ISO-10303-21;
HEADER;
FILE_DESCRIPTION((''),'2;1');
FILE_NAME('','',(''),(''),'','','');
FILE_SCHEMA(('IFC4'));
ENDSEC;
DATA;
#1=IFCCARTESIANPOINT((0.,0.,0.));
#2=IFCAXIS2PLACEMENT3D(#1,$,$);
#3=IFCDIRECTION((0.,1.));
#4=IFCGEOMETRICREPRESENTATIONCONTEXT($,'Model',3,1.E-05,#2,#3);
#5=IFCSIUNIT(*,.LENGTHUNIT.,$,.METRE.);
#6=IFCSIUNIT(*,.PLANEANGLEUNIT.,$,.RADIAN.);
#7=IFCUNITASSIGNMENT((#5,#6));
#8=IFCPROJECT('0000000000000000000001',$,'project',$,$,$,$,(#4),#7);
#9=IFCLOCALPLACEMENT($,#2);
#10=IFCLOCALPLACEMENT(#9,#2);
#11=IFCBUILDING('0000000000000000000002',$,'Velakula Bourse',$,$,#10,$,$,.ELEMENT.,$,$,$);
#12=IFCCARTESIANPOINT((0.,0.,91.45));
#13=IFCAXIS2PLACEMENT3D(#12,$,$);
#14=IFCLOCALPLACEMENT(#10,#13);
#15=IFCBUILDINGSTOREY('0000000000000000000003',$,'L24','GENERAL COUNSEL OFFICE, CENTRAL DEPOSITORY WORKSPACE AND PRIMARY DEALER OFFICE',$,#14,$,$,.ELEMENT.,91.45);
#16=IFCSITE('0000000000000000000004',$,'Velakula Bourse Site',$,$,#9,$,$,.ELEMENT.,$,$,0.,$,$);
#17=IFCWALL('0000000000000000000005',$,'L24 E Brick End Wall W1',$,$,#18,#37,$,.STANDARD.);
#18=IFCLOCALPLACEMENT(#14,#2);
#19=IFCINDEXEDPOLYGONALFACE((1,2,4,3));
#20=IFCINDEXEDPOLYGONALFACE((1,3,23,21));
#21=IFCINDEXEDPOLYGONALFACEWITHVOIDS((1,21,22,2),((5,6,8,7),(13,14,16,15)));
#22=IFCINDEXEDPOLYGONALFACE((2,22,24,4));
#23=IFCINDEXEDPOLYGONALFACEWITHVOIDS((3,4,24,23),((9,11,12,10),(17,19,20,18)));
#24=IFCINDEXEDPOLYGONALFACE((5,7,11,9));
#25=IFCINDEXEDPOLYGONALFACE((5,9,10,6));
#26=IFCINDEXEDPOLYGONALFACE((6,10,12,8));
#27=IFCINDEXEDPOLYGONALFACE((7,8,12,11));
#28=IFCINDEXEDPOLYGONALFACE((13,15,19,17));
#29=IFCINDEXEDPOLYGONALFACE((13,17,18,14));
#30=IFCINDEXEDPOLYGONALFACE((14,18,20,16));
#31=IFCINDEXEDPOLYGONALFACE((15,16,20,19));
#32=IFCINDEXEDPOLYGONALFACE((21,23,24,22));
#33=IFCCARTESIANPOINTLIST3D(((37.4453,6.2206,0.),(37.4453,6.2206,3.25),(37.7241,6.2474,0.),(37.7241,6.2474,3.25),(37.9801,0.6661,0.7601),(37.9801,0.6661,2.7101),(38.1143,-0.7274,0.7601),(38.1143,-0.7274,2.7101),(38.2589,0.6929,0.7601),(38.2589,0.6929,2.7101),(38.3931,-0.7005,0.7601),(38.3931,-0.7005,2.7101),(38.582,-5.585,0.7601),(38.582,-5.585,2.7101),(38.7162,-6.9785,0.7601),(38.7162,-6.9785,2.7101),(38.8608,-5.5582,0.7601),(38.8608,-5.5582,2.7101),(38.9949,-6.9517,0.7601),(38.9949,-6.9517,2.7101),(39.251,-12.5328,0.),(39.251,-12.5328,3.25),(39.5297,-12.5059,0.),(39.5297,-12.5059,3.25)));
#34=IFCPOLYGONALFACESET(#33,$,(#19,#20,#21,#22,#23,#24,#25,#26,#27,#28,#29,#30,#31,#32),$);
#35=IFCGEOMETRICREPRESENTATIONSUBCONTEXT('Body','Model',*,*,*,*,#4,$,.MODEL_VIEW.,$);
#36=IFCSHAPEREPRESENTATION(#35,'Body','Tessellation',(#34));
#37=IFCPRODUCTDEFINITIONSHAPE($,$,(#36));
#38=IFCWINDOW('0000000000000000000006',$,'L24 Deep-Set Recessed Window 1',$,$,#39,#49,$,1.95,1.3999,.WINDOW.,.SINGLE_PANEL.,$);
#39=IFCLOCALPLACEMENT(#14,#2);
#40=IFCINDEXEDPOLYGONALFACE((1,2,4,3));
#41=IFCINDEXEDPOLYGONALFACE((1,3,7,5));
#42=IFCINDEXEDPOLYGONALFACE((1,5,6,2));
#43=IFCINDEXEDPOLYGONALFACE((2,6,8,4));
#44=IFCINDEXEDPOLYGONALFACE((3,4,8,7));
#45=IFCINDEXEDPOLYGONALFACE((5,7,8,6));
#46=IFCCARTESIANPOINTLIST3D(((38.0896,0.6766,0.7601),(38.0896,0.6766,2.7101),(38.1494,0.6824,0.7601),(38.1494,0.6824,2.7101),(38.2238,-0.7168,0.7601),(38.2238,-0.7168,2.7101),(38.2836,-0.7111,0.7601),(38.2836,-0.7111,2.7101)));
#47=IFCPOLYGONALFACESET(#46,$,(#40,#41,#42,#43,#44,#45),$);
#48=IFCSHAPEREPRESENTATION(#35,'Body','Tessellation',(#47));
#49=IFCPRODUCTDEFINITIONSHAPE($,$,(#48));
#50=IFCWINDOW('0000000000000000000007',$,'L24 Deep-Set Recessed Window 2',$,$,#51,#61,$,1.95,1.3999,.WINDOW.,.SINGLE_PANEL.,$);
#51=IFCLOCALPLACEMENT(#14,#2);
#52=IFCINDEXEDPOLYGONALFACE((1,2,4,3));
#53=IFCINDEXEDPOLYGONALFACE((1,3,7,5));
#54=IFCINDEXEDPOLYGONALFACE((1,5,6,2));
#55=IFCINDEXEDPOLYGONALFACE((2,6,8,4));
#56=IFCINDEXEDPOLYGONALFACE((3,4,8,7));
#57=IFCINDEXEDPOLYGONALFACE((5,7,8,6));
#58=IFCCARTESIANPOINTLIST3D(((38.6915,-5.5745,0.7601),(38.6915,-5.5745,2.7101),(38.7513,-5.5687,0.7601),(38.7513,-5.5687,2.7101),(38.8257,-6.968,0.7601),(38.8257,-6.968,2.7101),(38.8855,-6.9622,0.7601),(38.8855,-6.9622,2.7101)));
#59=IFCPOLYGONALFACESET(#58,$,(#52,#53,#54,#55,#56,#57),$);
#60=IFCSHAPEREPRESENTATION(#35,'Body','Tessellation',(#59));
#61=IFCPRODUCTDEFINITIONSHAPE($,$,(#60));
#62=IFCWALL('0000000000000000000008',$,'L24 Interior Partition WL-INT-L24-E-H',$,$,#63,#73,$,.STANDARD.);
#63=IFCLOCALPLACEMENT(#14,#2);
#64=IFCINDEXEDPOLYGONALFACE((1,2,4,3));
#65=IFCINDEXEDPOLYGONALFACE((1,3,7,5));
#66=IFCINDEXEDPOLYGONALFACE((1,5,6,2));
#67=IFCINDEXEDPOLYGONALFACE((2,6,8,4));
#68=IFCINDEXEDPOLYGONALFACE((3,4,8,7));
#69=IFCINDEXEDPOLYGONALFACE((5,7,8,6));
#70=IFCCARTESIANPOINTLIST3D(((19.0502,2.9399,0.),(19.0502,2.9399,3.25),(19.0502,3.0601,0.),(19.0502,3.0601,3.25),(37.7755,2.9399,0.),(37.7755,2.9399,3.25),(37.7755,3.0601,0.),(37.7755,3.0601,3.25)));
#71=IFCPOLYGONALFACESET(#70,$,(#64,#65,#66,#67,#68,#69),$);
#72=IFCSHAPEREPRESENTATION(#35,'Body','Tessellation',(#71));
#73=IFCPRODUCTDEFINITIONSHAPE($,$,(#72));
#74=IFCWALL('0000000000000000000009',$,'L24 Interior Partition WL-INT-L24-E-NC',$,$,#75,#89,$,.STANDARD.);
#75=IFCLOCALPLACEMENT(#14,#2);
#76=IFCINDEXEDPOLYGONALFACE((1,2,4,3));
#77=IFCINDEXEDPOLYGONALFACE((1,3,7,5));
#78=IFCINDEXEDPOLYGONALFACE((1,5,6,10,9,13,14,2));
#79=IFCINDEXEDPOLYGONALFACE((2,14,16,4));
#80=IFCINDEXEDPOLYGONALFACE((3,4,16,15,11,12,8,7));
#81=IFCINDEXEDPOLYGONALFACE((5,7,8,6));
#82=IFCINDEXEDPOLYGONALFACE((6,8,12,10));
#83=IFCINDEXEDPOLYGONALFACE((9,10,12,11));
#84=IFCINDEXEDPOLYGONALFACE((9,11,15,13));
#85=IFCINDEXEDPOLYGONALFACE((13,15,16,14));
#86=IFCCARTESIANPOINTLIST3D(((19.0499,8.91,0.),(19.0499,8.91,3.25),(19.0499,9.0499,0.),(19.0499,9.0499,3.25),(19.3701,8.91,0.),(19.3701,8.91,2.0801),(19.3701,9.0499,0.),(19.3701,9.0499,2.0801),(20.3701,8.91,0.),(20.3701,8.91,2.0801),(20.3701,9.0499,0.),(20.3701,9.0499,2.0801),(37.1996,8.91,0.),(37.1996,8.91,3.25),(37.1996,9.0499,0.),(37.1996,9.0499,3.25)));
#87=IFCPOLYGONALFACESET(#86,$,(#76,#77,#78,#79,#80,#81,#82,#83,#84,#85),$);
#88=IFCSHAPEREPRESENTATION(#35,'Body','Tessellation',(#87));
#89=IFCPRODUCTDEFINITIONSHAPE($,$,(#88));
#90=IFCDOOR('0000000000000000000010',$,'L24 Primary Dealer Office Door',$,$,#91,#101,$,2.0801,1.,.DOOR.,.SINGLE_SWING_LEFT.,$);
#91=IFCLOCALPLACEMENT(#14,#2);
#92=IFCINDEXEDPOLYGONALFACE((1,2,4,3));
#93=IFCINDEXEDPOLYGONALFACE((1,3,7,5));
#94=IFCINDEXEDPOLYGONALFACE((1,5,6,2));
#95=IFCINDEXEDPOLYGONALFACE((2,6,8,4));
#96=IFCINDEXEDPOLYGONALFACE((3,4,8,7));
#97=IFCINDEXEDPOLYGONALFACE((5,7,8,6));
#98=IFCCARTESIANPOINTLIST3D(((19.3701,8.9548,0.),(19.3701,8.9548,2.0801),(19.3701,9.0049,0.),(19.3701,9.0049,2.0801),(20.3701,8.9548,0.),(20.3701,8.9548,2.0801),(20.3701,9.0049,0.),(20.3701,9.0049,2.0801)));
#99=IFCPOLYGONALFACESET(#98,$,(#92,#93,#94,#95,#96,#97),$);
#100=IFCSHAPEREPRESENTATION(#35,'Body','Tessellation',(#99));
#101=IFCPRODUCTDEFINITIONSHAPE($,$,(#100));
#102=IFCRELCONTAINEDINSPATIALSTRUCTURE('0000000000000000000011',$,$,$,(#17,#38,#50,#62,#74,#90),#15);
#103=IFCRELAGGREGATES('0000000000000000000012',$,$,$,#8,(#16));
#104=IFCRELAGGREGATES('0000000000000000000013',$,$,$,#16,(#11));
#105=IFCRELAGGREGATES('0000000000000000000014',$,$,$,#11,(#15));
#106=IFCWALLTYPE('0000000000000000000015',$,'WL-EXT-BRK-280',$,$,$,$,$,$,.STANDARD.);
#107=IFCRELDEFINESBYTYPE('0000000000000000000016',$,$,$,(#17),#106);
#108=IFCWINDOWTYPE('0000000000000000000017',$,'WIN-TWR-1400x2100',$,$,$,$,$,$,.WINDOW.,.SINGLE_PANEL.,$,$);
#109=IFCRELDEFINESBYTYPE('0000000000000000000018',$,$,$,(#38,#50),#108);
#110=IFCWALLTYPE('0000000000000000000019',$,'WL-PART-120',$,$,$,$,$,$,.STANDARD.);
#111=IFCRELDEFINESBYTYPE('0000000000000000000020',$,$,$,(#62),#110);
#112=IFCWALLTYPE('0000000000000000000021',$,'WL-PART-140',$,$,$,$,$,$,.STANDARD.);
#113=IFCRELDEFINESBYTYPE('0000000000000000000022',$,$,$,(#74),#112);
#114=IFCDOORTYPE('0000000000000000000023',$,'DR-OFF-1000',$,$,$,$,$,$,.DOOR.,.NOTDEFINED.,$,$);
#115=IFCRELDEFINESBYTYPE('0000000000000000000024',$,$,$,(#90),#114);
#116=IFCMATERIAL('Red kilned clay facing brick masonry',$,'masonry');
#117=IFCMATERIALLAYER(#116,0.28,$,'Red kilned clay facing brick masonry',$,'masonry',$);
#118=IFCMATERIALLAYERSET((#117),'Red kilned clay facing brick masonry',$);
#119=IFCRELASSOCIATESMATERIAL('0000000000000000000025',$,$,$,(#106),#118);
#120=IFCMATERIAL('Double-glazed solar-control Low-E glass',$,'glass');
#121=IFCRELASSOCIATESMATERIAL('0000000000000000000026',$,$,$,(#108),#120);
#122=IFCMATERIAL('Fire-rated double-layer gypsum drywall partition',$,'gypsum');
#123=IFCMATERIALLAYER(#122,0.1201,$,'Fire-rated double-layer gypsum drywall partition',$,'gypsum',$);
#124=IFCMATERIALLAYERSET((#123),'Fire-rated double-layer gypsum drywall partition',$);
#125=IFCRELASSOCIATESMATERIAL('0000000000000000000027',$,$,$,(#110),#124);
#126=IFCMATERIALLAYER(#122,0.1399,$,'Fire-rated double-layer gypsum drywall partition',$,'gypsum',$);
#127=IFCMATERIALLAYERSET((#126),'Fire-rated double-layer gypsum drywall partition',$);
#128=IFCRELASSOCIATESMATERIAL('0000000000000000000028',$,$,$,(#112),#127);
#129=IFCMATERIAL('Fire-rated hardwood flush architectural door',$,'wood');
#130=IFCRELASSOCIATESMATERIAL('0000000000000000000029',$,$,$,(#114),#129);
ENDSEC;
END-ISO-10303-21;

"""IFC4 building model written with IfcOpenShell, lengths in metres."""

from ifc_helpers import new_model, si_unit, direction, frame, frame_2d, origin, place, context, subcontext, project, spatial, rectangle, extrude, material, layer, layer_set, type_object, element, fill, save


model = new_model("IFC4")

# Units and contexts
model_context = context("Model", 3, precision=1e-05, world=origin(), true_north=direction((0.0, 1.0)))
body_context = subcontext(model_context, "Body", "Model", "MODEL_VIEW")
ifc_project = project(units=[si_unit("LENGTHUNIT", "METRE"), si_unit("PLANEANGLEUNIT", "RADIAN")], contexts=[model_context])

# Site, building, storey
site_placement = place(None, origin())
site = spatial("IfcSite", under=ifc_project, at=site_placement, Name="Velakula Bourse Site", CompositionType="ELEMENT", RefElevation=0.0)
building_placement = place(site_placement, origin())
building = spatial("IfcBuilding", under=site, at=building_placement, Name="Velakula Bourse", CompositionType="ELEMENT")
storey_placement = place(building_placement, frame((0.0, 0.0, 91.45)))
storey = spatial("IfcBuildingStorey", under=building, at=storey_placement, Name="L24", Description="GENERAL COUNSEL OFFICE, CENTRAL DEPOSITORY WORKSPACE AND PRIMARY DEALER OFFICE", CompositionType="ELEMENT", Elevation=91.45)

# Wall, openings, windows
ifc_material_1 = material(Name="Red kilned clay facing brick masonry", Category="masonry")
ifc_layer_1 = layer(ifc_material_1, 0.28, Name="Red kilned clay facing brick masonry", Category="masonry")
ifc_layer_set_1 = layer_set([ifc_layer_1], Name="Red kilned clay facing brick masonry")
wall_type_1 = type_object("IfcWallType", Name="WL-EXT-BRK-280", PredefinedType="STANDARD", material=ifc_layer_set_1)
wall_1_placement = place(storey_placement, frame((37.5847, 6.2339, 0.0), z_axis=(0.0, 0.0, 1.0), x_axis=(0.095841, -0.995397, 0.0)))
wall_1 = element("IfcWall", 1, at=wall_1_placement, inside=storey, type_object=wall_type_1, Name="L24 E Brick End Wall W1", PredefinedType="STANDARD", context=body_context, shape_type="SweptSolid", body=[
    extrude(rectangle(XDim=18.8401, YDim=0.28, at=frame_2d((9.4199, 0.0))), origin(), (0.0, 0.0, 1.0), 3.25),
])
opening_1_placement = place(wall_1_placement, frame((5.5801, 0.0, 0.76)))
opening_1 = element("IfcOpeningElement", 2, at=opening_1_placement, cuts=wall_1, PredefinedType="OPENING", context=body_context, shape_type="SweptSolid", body=[
    extrude(rectangle(XDim=1.3999, YDim=1.95, at=frame_2d((0.7, 0.9751))), frame((0.0, 0.1499, 0.0), z_axis=(0.0, -1.0, 0.0), x_axis=(1.0, 0.0, 0.0)), (0.0, 0.0, 1.0), 0.3),
])
opening_2_placement = place(wall_1_placement, frame((11.8601, 0.0, 0.76)))
opening_2 = element("IfcOpeningElement", 3, at=opening_2_placement, cuts=wall_1, PredefinedType="OPENING", context=body_context, shape_type="SweptSolid", body=[
    extrude(rectangle(XDim=1.3999, YDim=1.95, at=frame_2d((0.7, 0.9751))), frame((0.0, 0.1499, 0.0), z_axis=(0.0, -1.0, 0.0), x_axis=(1.0, 0.0, 0.0)), (0.0, 0.0, 1.0), 0.3),
])
ifc_material_2 = material(Name="Double-glazed solar-control Low-E glass", Category="glass")
window_type = type_object("IfcWindowType", Name="WIN-TWR-1400x2100", PartitioningType="SINGLE_PANEL", PredefinedType="WINDOW", material=ifc_material_2)
window_1_placement = place(opening_1_placement, origin())
window_1 = element("IfcWindow", 4, at=window_1_placement, inside=storey, type_object=window_type, Name="L24 Deep-Set Recessed Window 1", OverallHeight=1.95, OverallWidth=1.3999, PartitioningType="SINGLE_PANEL", PredefinedType="WINDOW", context=body_context, shape_type="SweptSolid", body=[
    extrude(rectangle(XDim=1.3999, YDim=1.95, at=frame_2d((0.7, 0.9751))), frame((0.0, 0.03, 0.0), z_axis=(0.0, -1.0, 0.0), x_axis=(1.0, 0.0, 0.0)), (0.0, 0.0, 1.0), 0.0601),
])
fill(opening_1, window_1)
window_2_placement = place(opening_2_placement, origin())
window_2 = element("IfcWindow", 5, at=window_2_placement, inside=storey, type_object=window_type, Name="L24 Deep-Set Recessed Window 2", OverallHeight=1.95, OverallWidth=1.3999, PartitioningType="SINGLE_PANEL", PredefinedType="WINDOW", context=body_context, shape_type="SweptSolid", body=[
    extrude(rectangle(XDim=1.3999, YDim=1.95, at=frame_2d((0.7, 0.9751))), frame((0.0, 0.03, 0.0), z_axis=(0.0, -1.0, 0.0), x_axis=(1.0, 0.0, 0.0)), (0.0, 0.0, 1.0), 0.0601),
])
fill(opening_2, window_2)

# Wall
ifc_material_3 = material(Name="Fire-rated double-layer gypsum drywall partition", Category="gypsum")
ifc_layer_2 = layer(ifc_material_3, 0.1201, Name="Fire-rated double-layer gypsum drywall partition", Category="gypsum")
ifc_layer_set_2 = layer_set([ifc_layer_2], Name="Fire-rated double-layer gypsum drywall partition")
wall_type_2 = type_object("IfcWallType", Name="WL-PART-120", PredefinedType="STANDARD", material=ifc_layer_set_2)
wall_2_placement = place(storey_placement, frame((19.05, 3.0, 0.0), z_axis=(0.0, 0.0, 1.0), x_axis=(1.0, 0.0, 0.0)))
element("IfcWall", 6, at=wall_2_placement, inside=storey, type_object=wall_type_2, Name="L24 Interior Partition WL-INT-L24-E-H", PredefinedType="STANDARD", context=body_context, shape_type="SweptSolid", body=[
    extrude(rectangle(XDim=18.7253, YDim=0.1201, at=frame_2d((9.3628, 0.0))), origin(), (0.0, 0.0, 1.0), 3.25),
])

# Wall, opening, door
ifc_layer_3 = layer(ifc_material_3, 0.1399, Name="Fire-rated double-layer gypsum drywall partition", Category="gypsum")
ifc_layer_set_3 = layer_set([ifc_layer_3], Name="Fire-rated double-layer gypsum drywall partition")
wall_type_3 = type_object("IfcWallType", Name="WL-PART-140", PredefinedType="STANDARD", material=ifc_layer_set_3)
wall_3_placement = place(storey_placement, frame((19.05, 8.98, 0.0), z_axis=(0.0, 0.0, 1.0), x_axis=(1.0, 0.0, 0.0)))
wall_3 = element("IfcWall", 7, at=wall_3_placement, inside=storey, type_object=wall_type_3, Name="L24 Interior Partition WL-INT-L24-E-NC", PredefinedType="STANDARD", context=body_context, shape_type="SweptSolid", body=[
    extrude(rectangle(XDim=18.1497, YDim=0.1399, at=frame_2d((9.0747, 0.0))), origin(), (0.0, 0.0, 1.0), 3.25),
])
opening_3_placement = place(wall_3_placement, frame((0.3201, 0.0, 0.0)))
opening_3 = element("IfcOpeningElement", 8, at=opening_3_placement, cuts=wall_3, PredefinedType="OPENING", context=body_context, shape_type="SweptSolid", body=[
    extrude(rectangle(XDim=1.0, YDim=2.0801, at=frame_2d((0.5, 1.04))), frame((0.0, 0.0798, 0.0), z_axis=(0.0, -1.0, 0.0), x_axis=(1.0, 0.0, 0.0)), (0.0, 0.0, 1.0), 0.1599),
])
ifc_material_4 = material(Name="Fire-rated hardwood flush architectural door", Category="wood")
door_type = type_object("IfcDoorType", Name="DR-OFF-1000", OperationType="NOTDEFINED", PredefinedType="DOOR", material=ifc_material_4)
door_placement = place(opening_3_placement, origin())
door = element("IfcDoor", 9, at=door_placement, inside=storey, type_object=door_type, Name="L24 Primary Dealer Office Door", OperationType="SINGLE_SWING_LEFT", OverallHeight=2.0801, OverallWidth=1.0, PredefinedType="DOOR", context=body_context, shape_type="SweptSolid", body=[
    extrude(rectangle(XDim=1.0, YDim=2.0801, at=frame_2d((0.5, 1.04))), frame((0.0, 0.0249, 0.0), z_axis=(0.0, -1.0, 0.0), x_axis=(1.0, 0.0, 0.0)), (0.0, 0.0, 1.0), 0.05),
])
fill(opening_3, door)

save(model, "model.ifc")
